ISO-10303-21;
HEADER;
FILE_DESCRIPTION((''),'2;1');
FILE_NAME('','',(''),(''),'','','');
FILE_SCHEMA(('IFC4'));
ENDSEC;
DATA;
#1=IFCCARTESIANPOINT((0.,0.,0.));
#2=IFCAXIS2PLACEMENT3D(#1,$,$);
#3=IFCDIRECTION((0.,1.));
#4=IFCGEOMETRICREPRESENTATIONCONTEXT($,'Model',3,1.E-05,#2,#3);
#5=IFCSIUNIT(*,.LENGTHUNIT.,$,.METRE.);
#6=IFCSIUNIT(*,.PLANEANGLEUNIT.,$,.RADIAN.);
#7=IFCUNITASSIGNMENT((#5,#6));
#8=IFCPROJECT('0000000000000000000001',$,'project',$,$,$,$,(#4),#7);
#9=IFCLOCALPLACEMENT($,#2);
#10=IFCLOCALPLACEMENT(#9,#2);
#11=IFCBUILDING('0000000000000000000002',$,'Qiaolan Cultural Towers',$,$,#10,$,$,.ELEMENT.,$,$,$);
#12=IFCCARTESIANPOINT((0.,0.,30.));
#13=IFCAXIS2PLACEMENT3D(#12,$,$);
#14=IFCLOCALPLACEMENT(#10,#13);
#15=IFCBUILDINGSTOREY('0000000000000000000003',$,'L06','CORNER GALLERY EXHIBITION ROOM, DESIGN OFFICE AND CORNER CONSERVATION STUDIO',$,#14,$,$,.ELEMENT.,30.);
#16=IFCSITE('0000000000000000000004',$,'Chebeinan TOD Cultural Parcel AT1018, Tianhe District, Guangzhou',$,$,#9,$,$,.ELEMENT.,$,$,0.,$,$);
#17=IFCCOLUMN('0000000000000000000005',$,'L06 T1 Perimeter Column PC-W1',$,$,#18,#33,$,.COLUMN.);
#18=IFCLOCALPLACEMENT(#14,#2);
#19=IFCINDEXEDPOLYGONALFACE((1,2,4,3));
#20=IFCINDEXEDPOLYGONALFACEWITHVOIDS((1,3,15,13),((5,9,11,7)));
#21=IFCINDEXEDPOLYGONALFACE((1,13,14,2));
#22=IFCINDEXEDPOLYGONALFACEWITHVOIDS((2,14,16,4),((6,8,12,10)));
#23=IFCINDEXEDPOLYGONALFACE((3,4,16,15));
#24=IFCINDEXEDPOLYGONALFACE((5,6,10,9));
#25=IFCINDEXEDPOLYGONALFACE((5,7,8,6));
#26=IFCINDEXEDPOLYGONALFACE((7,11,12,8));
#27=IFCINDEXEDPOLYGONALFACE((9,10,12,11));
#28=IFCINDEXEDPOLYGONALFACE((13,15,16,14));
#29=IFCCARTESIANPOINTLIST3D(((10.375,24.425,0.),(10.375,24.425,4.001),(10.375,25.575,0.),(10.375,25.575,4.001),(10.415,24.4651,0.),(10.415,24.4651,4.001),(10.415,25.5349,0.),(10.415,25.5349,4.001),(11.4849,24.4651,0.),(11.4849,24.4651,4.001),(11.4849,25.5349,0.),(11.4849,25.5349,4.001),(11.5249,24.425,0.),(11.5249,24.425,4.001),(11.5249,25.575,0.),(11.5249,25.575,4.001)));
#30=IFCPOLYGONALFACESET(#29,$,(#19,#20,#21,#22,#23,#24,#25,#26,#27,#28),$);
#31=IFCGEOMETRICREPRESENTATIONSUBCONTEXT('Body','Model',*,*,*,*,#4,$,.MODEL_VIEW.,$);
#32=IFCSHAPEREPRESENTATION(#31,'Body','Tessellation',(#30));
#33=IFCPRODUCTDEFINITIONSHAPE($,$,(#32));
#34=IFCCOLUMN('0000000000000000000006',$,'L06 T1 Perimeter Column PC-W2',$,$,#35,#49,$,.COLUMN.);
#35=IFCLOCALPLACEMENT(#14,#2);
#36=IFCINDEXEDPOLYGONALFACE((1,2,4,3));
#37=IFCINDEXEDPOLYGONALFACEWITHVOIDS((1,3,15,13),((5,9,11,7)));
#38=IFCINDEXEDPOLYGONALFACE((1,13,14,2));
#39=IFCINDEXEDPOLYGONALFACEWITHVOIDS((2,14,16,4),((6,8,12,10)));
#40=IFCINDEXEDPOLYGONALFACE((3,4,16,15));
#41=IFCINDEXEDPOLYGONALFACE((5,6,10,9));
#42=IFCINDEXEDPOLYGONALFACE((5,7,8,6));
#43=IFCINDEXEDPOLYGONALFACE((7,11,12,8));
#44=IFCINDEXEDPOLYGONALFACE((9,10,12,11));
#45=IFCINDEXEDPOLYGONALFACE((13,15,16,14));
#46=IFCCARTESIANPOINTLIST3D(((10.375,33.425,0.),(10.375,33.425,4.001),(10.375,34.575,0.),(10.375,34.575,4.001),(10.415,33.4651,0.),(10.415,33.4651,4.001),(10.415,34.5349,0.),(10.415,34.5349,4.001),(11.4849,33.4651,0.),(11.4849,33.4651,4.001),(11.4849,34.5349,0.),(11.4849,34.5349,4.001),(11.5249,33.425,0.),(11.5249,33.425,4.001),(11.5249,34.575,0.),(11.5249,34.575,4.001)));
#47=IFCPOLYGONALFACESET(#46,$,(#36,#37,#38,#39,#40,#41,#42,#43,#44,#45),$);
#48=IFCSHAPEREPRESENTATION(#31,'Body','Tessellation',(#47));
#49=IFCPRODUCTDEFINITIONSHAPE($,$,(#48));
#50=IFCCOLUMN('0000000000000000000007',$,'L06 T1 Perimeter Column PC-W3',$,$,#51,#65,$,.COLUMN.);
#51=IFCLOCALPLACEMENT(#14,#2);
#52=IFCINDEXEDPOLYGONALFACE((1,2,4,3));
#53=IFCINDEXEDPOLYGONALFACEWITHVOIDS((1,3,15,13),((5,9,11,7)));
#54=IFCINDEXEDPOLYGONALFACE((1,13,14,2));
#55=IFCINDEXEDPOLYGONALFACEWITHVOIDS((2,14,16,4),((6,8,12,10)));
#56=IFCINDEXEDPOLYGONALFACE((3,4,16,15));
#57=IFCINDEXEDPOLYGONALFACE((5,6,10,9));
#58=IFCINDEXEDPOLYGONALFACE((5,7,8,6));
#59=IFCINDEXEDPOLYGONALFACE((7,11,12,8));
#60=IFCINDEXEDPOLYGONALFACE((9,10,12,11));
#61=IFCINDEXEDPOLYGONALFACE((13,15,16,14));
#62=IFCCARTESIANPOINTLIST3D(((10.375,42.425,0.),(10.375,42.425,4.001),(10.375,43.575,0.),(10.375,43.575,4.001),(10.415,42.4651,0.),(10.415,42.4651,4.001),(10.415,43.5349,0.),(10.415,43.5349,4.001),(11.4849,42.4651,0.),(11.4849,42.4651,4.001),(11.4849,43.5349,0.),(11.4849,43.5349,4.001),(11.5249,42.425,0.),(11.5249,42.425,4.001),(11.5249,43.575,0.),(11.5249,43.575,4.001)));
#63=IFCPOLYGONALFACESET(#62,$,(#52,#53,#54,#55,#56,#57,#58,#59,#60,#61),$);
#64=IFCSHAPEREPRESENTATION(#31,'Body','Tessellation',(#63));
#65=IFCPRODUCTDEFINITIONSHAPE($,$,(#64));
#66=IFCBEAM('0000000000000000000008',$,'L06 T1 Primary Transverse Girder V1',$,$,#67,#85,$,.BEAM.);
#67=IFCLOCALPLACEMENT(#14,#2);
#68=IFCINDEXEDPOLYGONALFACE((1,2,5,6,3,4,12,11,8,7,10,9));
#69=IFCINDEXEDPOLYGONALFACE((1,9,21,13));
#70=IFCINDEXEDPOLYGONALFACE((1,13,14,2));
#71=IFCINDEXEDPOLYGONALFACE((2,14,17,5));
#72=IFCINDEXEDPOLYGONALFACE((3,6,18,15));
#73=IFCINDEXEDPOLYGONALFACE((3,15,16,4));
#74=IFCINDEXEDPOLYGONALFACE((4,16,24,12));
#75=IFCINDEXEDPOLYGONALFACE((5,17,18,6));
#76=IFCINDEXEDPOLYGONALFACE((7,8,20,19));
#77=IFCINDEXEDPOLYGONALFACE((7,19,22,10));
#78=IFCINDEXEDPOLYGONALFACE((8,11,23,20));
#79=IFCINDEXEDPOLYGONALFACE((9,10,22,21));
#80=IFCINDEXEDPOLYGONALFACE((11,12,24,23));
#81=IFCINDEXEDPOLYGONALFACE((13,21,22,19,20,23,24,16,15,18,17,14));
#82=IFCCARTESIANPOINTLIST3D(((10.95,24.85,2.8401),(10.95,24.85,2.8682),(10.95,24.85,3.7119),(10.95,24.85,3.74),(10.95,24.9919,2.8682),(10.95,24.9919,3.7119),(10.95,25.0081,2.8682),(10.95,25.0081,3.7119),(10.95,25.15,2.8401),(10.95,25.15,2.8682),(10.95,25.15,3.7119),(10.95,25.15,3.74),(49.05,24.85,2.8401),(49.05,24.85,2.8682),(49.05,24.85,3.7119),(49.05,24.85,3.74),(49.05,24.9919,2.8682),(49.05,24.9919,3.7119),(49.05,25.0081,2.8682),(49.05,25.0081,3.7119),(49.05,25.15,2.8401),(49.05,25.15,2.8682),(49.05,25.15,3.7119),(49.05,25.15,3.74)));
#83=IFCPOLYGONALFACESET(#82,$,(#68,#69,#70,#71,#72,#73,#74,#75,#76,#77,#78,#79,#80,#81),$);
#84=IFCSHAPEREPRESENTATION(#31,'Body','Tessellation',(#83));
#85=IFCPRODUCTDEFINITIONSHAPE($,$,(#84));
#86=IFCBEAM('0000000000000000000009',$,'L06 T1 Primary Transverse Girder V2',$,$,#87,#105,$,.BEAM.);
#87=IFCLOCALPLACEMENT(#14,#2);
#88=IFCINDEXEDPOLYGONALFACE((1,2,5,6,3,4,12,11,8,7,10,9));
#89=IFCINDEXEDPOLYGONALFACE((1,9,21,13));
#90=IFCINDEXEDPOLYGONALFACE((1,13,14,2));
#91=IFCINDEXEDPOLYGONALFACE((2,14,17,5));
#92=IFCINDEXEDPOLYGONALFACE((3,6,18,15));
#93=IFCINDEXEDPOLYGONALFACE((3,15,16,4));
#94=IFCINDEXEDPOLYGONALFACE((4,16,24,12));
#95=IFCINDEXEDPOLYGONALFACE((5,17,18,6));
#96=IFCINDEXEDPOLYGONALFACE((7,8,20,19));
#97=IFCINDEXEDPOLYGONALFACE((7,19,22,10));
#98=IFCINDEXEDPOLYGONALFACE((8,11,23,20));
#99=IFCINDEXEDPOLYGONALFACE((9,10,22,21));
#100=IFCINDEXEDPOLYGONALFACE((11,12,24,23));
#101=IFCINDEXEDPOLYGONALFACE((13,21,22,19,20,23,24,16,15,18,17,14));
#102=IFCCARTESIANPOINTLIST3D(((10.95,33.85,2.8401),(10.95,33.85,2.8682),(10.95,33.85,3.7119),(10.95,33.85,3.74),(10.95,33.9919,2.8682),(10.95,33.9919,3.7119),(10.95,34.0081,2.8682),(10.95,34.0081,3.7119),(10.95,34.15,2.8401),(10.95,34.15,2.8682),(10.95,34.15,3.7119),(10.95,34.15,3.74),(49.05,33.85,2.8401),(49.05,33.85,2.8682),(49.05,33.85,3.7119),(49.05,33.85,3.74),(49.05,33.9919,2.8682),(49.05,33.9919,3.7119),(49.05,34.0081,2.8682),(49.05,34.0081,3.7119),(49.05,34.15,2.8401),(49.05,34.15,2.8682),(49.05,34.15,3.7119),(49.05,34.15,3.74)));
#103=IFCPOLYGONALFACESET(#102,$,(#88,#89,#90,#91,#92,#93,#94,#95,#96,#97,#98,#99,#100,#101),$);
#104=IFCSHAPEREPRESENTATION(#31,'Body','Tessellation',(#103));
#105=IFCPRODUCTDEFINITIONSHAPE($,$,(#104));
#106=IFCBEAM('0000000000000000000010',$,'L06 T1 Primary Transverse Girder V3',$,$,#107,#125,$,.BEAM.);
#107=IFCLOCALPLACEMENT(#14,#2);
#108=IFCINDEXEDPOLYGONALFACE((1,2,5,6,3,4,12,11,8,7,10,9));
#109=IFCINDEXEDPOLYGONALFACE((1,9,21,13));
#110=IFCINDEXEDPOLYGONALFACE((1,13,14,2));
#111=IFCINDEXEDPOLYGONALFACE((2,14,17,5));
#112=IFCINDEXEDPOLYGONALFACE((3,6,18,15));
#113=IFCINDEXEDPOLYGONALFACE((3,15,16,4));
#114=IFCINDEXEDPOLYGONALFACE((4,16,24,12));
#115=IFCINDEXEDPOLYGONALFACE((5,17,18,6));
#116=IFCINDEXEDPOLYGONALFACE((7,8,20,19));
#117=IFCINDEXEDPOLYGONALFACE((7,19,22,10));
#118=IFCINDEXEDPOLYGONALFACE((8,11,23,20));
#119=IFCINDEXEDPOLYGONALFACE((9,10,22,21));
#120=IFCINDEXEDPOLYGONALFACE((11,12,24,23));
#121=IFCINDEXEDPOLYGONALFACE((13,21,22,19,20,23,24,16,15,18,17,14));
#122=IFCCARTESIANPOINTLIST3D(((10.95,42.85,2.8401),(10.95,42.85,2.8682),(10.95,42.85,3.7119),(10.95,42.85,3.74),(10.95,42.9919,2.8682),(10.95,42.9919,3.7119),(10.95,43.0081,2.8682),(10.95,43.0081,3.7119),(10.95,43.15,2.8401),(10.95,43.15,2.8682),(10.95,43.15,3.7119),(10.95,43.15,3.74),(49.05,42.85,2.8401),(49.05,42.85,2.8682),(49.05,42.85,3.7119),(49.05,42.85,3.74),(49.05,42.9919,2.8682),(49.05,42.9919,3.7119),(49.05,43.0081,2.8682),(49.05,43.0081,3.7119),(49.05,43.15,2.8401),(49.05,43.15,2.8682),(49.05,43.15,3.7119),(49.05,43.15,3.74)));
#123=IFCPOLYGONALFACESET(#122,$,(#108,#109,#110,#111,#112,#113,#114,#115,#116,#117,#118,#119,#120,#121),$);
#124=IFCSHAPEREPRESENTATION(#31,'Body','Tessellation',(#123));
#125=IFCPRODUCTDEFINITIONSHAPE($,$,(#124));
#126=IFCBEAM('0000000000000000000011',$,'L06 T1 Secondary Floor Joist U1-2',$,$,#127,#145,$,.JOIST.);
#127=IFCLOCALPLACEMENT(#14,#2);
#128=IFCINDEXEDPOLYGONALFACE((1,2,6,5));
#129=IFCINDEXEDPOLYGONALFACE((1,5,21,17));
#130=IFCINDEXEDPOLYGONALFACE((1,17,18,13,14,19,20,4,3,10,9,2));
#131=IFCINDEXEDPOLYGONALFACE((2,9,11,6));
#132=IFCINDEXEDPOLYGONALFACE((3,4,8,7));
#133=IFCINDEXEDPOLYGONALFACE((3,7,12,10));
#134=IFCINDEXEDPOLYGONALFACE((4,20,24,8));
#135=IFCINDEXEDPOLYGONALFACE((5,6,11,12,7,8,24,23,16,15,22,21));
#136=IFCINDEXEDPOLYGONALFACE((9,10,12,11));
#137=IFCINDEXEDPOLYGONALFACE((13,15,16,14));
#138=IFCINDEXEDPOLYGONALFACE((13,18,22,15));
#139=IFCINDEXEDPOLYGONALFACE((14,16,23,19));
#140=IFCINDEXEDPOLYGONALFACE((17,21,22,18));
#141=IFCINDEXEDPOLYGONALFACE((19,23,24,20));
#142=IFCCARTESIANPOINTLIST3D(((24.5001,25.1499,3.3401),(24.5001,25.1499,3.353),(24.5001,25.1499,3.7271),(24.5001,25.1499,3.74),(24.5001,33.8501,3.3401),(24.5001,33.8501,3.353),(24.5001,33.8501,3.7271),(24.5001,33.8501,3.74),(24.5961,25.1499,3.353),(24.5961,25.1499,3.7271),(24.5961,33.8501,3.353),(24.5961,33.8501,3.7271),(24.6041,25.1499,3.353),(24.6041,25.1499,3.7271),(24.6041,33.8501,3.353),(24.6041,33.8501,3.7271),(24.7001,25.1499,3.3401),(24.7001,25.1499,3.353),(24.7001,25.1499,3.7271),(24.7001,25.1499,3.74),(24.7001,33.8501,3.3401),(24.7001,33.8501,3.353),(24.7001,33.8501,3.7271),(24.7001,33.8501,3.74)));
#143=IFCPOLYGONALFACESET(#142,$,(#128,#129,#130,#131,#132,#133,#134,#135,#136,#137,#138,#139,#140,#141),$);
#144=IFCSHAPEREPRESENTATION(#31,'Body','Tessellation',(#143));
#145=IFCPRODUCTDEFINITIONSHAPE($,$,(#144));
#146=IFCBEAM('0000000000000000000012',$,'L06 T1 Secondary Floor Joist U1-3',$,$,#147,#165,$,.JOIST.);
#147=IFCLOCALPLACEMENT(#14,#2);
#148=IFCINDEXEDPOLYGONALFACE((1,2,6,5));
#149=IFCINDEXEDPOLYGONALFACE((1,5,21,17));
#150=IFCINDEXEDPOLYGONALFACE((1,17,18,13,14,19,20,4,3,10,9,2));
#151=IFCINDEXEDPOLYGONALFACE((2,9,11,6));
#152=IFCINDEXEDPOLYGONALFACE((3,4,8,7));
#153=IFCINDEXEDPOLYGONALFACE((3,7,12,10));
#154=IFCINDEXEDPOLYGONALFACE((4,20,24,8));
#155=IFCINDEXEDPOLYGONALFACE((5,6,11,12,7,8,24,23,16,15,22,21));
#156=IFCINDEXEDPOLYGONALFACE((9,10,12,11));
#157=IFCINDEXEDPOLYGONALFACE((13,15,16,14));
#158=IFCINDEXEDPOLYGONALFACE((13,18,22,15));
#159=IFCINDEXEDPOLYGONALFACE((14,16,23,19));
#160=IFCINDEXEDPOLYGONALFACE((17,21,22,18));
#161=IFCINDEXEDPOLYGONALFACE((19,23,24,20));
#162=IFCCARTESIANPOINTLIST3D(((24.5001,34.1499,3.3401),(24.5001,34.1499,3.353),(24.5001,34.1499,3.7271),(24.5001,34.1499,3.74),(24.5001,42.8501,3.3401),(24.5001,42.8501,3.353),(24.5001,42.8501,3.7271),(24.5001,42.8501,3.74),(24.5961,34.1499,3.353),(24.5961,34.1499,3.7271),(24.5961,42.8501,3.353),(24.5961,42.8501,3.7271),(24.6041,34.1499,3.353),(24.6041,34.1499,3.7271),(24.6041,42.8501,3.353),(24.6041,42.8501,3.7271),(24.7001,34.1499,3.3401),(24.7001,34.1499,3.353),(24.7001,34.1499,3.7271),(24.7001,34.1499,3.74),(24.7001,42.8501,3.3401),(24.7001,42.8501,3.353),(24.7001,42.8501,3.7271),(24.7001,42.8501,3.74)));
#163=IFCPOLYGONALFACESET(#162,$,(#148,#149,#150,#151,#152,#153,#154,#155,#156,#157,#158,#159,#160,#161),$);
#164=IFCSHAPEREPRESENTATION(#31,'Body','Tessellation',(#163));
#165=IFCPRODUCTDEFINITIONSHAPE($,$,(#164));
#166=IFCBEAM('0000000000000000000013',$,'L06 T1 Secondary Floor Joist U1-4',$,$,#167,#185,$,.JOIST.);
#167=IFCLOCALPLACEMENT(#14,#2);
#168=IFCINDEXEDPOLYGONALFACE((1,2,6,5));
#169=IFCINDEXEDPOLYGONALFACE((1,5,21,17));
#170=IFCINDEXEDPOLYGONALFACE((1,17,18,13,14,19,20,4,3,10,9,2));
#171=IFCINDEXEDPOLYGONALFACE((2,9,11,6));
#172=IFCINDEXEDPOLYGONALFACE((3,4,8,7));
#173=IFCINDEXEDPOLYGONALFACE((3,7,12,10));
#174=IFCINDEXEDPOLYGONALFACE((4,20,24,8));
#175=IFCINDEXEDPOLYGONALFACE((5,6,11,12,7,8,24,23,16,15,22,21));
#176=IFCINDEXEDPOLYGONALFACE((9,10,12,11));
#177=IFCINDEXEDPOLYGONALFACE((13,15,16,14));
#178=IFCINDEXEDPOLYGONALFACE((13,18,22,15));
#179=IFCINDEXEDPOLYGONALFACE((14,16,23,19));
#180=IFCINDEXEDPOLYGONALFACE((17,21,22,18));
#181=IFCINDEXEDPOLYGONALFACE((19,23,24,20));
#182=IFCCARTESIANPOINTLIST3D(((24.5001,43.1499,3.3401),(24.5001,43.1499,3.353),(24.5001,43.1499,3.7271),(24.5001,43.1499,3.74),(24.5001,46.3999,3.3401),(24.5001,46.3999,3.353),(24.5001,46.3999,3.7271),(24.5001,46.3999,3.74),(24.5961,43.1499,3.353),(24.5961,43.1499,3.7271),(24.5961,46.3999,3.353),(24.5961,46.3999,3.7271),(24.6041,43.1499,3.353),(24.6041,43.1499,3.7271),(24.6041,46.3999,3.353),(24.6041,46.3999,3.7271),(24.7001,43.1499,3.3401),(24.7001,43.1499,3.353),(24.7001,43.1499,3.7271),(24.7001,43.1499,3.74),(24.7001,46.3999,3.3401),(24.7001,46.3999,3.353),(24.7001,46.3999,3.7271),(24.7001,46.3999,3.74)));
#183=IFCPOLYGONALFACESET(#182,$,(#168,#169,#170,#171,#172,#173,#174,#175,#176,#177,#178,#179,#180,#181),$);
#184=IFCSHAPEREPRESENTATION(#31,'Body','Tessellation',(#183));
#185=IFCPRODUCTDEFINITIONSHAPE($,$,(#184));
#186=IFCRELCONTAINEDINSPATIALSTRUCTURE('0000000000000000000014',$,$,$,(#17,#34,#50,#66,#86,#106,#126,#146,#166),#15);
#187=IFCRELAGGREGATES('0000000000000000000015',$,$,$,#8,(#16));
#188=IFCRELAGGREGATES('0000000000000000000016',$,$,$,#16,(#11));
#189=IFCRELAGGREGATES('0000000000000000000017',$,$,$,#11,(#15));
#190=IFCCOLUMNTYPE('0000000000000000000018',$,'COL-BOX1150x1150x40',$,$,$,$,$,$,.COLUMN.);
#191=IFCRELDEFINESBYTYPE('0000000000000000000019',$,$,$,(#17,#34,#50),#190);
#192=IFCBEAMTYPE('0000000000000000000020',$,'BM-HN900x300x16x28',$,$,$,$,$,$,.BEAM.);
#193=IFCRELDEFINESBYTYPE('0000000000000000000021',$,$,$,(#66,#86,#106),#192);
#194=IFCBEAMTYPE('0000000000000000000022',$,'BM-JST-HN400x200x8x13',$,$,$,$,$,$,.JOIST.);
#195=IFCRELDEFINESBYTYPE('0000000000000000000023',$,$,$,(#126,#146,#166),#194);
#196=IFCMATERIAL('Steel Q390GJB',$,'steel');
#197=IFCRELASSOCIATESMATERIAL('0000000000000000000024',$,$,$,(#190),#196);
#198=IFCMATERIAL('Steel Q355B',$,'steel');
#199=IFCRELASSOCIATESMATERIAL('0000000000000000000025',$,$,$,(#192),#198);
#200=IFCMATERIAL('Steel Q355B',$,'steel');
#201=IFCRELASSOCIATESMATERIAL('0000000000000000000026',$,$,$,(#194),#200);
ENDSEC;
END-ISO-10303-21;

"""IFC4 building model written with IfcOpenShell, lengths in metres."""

from ifc_helpers import new_model, si_unit, direction, frame, origin, origin_2d, place, context, subcontext, project, spatial, hollow_rectangle, i_section, extrude, material, material_profile, profile_set, type_object, element, save


model = new_model("IFC4")

# Units and contexts
model_context = context("Model", 3, precision=1e-05, world=origin(), true_north=direction((0.0, 1.0)))
body_context = subcontext(model_context, "Body", "Model", "MODEL_VIEW")
ifc_project = project(units=[si_unit("LENGTHUNIT", "METRE"), si_unit("PLANEANGLEUNIT", "RADIAN")], contexts=[model_context])

# Site, building, storey
site_placement = place(None, origin())
site = spatial("IfcSite", under=ifc_project, at=site_placement, Name="Chebeinan TOD Cultural Parcel AT1018, Tianhe District, Guangzhou", CompositionType="ELEMENT", RefElevation=0.0)
building_placement = place(site_placement, origin())
building = spatial("IfcBuilding", under=site, at=building_placement, Name="Qiaolan Cultural Towers", CompositionType="ELEMENT")
storey_placement = place(building_placement, frame((0.0, 0.0, 30.0)))
storey = spatial("IfcBuildingStorey", under=building, at=storey_placement, Name="L06", Description="CORNER GALLERY EXHIBITION ROOM, DESIGN OFFICE AND CORNER CONSERVATION STUDIO", CompositionType="ELEMENT", Elevation=30.0)

# Columns
ifc_material_1 = material(Name="Steel Q390GJB", Category="steel")
ifc_material_profile_1 = material_profile(ifc_material_1, hollow_rectangle(XDim=1.1499, YDim=1.1499, WallThickness=0.04, at=origin_2d()), Name="BOX1150x1150x40")
ifc_profile_set_1 = profile_set([ifc_material_profile_1], Name="Steel Q390GJB")
column_type = type_object("IfcColumnType", Name="COL-BOX1150x1150x40", PredefinedType="COLUMN", material=ifc_profile_set_1)
for number, where, z_axis, x_axis, name in (
    (1, (10.95, 25.0, 0.0), (0.0, 0.0, 1.0), (1.0, 0.0, 0.0), "L06 T1 Perimeter Column PC-W1"),
    (2, (10.95, 34.0, 0.0), (0.0, 0.0, 1.0), (1.0, 0.0, 0.0), "L06 T1 Perimeter Column PC-W2"),
    (3, (10.95, 43.0, 0.0), (0.0, 0.0, 1.0), (1.0, 0.0, 0.0), "L06 T1 Perimeter Column PC-W3"),
):
    element("IfcColumn", number, at=place(storey_placement, frame(where, z_axis=z_axis, x_axis=x_axis)), inside=storey, type_object=column_type, Name=name, PredefinedType="COLUMN", context=body_context, shape_type="SweptSolid", body=[
        extrude(hollow_rectangle(XDim=1.1499, YDim=1.1499, WallThickness=0.04, at=origin_2d()), origin(), (0.0, 0.0, 1.0), 4.001),
    ])

# Beams
ifc_material_2 = material(Name="Steel Q355B", Category="steel")
ifc_material_profile_2 = material_profile(ifc_material_2, i_section(OverallWidth=0.3, OverallDepth=0.8999, WebThickness=0.0161, FlangeThickness=0.0281, at=origin_2d()), Name="HN900x300x16x28")
ifc_profile_set_2 = profile_set([ifc_material_profile_2], Name="Steel Q355B")
beam_type_1 = type_object("IfcBeamType", Name="BM-HN900x300x16x28", PredefinedType="BEAM", material=ifc_profile_set_2)
for number, where, z_axis, x_axis, name in (
    (4, (10.95, 25.0, 3.29), (1.0, 0.0, 0.0), (0.0, 1.0, 0.0), "L06 T1 Primary Transverse Girder V1"),
    (5, (10.95, 34.0, 3.29), (1.0, 0.0, 0.0), (0.0, 1.0, 0.0), "L06 T1 Primary Transverse Girder V2"),
    (6, (10.95, 43.0, 3.29), (1.0, 0.0, 0.0), (0.0, 1.0, 0.0), "L06 T1 Primary Transverse Girder V3"),
):
    element("IfcBeam", number, at=place(storey_placement, frame(where, z_axis=z_axis, x_axis=x_axis)), inside=storey, type_object=beam_type_1, Name=name, PredefinedType="BEAM", context=body_context, shape_type="SweptSolid", body=[
        extrude(i_section(OverallWidth=0.3, OverallDepth=0.8999, WebThickness=0.0161, FlangeThickness=0.0281, at=origin_2d()), origin(), (0.0, 0.0, 1.0), 38.1001),
    ])
ifc_material_3 = material(Name="Steel Q355B", Category="steel")
ifc_material_profile_3 = material_profile(ifc_material_3, i_section(OverallWidth=0.2, OverallDepth=0.3999, WebThickness=0.0081, FlangeThickness=0.0129, at=origin_2d()), Name="HN400x200x8x13")
ifc_profile_set_3 = profile_set([ifc_material_profile_3], Name="Steel Q355B")
beam_type_2 = type_object("IfcBeamType", Name="BM-JST-HN400x200x8x13", PredefinedType="JOIST", material=ifc_profile_set_3)
for number, where, z_axis, x_axis, name in (
    (7, (24.6001, 25.1499, 3.54), (0.0, 1.0, 0.0), (-1.0, 0.0, 0.0), "L06 T1 Secondary Floor Joist U1-2"),
    (8, (24.6001, 34.1499, 3.54), (0.0, 1.0, 0.0), (-1.0, 0.0, 0.0), "L06 T1 Secondary Floor Joist U1-3"),
):
    element("IfcBeam", number, at=place(storey_placement, frame(where, z_axis=z_axis, x_axis=x_axis)), inside=storey, type_object=beam_type_2, Name=name, PredefinedType="JOIST", context=body_context, shape_type="SweptSolid", body=[
        extrude(i_section(OverallWidth=0.2, OverallDepth=0.3999, WebThickness=0.0081, FlangeThickness=0.0129, at=origin_2d()), origin(), (0.0, 0.0, 1.0), 8.7002),
    ])
beam_1_placement = place(storey_placement, frame((24.6001, 43.1499, 3.54), z_axis=(0.0, 1.0, 0.0), x_axis=(-1.0, 0.0, 0.0)))
element("IfcBeam", 9, at=beam_1_placement, inside=storey, type_object=beam_type_2, Name="L06 T1 Secondary Floor Joist U1-4", PredefinedType="JOIST", context=body_context, shape_type="SweptSolid", body=[
    extrude(i_section(OverallWidth=0.2, OverallDepth=0.3999, WebThickness=0.0081, FlangeThickness=0.0129, at=origin_2d()), origin(), (0.0, 0.0, 1.0), 3.25),
])

save(model, "model.ifc")
